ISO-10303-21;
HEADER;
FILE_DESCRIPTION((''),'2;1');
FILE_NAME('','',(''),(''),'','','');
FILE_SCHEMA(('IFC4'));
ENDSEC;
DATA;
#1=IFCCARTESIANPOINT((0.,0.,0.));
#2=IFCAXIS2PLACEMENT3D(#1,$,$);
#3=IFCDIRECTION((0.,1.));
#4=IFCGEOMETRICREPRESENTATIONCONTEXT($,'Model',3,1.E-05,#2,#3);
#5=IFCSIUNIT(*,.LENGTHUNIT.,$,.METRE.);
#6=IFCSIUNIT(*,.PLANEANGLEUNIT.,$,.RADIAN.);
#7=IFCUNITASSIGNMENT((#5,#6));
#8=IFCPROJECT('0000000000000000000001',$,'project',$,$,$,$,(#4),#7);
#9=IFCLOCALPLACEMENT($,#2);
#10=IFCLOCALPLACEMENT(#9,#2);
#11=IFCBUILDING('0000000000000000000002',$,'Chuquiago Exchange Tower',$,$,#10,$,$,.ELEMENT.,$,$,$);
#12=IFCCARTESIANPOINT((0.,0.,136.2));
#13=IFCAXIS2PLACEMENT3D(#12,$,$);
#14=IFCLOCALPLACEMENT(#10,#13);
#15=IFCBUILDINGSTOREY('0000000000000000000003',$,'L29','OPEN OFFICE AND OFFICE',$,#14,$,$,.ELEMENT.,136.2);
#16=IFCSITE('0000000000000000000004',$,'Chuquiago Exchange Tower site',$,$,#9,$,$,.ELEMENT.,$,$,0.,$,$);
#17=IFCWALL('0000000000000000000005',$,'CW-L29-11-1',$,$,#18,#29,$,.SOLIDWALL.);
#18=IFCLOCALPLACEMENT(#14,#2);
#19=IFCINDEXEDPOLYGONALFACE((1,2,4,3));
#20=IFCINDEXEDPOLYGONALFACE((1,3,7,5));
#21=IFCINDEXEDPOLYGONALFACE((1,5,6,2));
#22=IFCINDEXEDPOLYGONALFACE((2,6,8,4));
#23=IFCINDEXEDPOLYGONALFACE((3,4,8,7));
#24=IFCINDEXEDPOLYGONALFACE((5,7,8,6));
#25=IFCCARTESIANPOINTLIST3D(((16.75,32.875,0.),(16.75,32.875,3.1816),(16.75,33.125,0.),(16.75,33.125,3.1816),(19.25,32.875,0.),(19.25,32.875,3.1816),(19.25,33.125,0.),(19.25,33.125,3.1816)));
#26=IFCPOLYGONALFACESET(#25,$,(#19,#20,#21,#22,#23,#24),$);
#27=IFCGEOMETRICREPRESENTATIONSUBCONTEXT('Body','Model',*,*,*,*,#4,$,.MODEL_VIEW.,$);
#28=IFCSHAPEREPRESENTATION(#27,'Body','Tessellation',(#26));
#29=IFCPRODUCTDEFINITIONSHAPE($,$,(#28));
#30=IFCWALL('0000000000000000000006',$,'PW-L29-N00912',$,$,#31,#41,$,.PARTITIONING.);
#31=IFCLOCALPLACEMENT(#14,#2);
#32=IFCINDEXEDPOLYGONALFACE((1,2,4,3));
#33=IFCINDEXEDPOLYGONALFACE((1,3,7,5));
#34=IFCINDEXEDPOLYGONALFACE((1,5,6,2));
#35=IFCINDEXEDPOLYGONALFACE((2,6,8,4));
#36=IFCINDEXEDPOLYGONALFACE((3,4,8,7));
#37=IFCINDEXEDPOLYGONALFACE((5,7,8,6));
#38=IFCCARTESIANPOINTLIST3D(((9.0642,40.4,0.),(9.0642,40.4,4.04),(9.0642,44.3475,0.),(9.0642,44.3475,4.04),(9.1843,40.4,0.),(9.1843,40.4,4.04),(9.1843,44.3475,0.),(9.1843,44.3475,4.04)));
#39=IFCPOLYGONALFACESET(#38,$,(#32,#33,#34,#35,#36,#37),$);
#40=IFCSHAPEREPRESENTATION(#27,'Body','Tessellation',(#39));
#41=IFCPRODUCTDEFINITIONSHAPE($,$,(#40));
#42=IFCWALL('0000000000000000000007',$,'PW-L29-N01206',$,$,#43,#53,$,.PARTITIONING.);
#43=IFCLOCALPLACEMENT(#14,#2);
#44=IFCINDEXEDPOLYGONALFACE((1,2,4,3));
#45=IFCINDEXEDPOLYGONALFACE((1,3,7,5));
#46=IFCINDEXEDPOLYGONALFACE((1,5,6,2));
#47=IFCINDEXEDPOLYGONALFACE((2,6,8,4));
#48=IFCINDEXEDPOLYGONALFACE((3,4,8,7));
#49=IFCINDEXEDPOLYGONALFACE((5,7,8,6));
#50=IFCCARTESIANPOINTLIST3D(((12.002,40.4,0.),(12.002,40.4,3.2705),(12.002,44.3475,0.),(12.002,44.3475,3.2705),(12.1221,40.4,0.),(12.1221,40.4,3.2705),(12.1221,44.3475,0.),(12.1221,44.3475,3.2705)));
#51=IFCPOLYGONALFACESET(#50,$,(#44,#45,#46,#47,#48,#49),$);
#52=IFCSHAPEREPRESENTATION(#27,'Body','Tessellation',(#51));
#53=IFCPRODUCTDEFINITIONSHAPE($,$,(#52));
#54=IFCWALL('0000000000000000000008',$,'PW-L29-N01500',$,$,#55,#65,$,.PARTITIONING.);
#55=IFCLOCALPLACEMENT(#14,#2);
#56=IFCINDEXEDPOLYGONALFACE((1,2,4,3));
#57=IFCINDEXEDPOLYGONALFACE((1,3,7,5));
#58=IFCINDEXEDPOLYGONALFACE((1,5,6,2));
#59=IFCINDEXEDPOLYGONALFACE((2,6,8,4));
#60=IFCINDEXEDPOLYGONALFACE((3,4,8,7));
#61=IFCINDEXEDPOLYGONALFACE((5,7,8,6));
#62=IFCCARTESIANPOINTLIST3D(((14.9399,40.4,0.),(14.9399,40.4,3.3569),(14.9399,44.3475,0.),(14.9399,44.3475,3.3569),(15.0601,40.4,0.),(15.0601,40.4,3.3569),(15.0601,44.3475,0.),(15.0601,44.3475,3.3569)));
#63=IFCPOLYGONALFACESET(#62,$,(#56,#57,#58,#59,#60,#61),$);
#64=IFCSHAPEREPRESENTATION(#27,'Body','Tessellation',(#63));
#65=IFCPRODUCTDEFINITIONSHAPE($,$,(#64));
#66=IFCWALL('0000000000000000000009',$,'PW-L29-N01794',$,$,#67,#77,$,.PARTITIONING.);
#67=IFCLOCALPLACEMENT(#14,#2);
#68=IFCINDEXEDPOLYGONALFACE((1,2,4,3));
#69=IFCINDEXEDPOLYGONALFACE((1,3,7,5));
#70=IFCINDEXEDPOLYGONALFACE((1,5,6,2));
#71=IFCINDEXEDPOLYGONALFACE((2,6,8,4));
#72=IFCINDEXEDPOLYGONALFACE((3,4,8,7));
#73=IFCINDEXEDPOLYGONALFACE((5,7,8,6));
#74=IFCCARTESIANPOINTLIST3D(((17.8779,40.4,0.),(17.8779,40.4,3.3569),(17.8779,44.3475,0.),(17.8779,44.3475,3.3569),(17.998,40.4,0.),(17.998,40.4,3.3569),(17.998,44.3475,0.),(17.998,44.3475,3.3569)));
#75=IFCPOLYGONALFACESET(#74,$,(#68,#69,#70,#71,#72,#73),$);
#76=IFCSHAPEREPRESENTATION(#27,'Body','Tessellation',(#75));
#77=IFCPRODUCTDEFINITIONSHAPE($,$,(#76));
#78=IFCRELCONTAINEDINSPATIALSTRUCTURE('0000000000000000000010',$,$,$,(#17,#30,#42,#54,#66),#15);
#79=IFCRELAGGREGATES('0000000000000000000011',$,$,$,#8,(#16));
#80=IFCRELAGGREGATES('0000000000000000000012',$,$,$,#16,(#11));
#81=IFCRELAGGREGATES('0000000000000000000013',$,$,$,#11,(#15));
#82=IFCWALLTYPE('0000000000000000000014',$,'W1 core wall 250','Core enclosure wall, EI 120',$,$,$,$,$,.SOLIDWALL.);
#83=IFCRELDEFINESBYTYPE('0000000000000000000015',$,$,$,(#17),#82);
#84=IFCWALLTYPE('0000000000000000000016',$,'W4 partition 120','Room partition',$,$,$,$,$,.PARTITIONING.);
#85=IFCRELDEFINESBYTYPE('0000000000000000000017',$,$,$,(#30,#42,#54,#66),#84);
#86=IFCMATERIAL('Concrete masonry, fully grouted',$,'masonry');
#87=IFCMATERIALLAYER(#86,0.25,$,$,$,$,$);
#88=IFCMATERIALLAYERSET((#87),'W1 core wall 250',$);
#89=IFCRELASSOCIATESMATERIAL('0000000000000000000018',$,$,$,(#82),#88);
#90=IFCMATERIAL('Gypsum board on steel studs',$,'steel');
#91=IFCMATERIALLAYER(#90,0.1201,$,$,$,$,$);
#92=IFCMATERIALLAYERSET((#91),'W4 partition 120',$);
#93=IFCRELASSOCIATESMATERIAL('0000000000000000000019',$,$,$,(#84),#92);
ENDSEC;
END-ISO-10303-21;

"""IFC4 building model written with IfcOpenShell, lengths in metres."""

from ifc_helpers import new_model, si_unit, direction, frame, frame_2d, origin, place, context, subcontext, project, spatial, rectangle, extrude, material, layer, layer_set, type_object, element, save


model = new_model("IFC4")

# Units and contexts
model_context = context("Model", 3, precision=1e-05, world=origin(), true_north=direction((0.0, 1.0)))
body_context = subcontext(model_context, "Body", "Model", "MODEL_VIEW")
ifc_project = project(units=[si_unit("LENGTHUNIT", "METRE"), si_unit("PLANEANGLEUNIT", "RADIAN")], contexts=[model_context])

# Site, building, storey
site_placement = place(None, origin())
site = spatial("IfcSite", under=ifc_project, at=site_placement, Name="Chuquiago Exchange Tower site", CompositionType="ELEMENT", RefElevation=0.0)
building_placement = place(site_placement, origin())
building = spatial("IfcBuilding", under=site, at=building_placement, Name="Chuquiago Exchange Tower", CompositionType="ELEMENT")
storey_placement = place(building_placement, frame((0.0, 0.0, 136.2)))
storey = spatial("IfcBuildingStorey", under=building, at=storey_placement, Name="L29", Description="OPEN OFFICE AND OFFICE", CompositionType="ELEMENT", Elevation=136.2)

# Walls
ifc_material_1 = material(Name="Concrete masonry, fully grouted", Category="masonry")
ifc_layer_1 = layer(ifc_material_1, 0.25)
ifc_layer_set_1 = layer_set([ifc_layer_1], Name="W1 core wall 250")
wall_type_1 = type_object("IfcWallType", Name="W1 core wall 250", Description="Core enclosure wall, EI 120", PredefinedType="SOLIDWALL", material=ifc_layer_set_1)
wall_1_placement = place(storey_placement, frame((16.75, 33.0, 0.0), z_axis=(0.0, 0.0, 1.0), x_axis=(1.0, 0.0, 0.0)))
element("IfcWall", 1, at=wall_1_placement, inside=storey, type_object=wall_type_1, Name="CW-L29-11-1", PredefinedType="SOLIDWALL", context=body_context, shape_type="SweptSolid", body=[
    extrude(rectangle(XDim=2.5, YDim=0.25, at=frame_2d((1.25, 0.0))), origin(), (0.0, 0.0, 1.0), 3.1816),
])
ifc_material_2 = material(Name="Gypsum board on steel studs", Category="steel")
ifc_layer_2 = layer(ifc_material_2, 0.1201)
ifc_layer_set_2 = layer_set([ifc_layer_2], Name="W4 partition 120")
wall_type_2 = type_object("IfcWallType", Name="W4 partition 120", Description="Room partition", PredefinedType="PARTITIONING", material=ifc_layer_set_2)
wall_2_placement = place(storey_placement, frame((9.1243, 44.3474, 0.0), z_axis=(0.0, 0.0, 1.0), x_axis=(0.0, -1.0, 0.0)))
element("IfcWall", 2, at=wall_2_placement, inside=storey, type_object=wall_type_2, Name="PW-L29-N00912", PredefinedType="PARTITIONING", context=body_context, shape_type="SweptSolid", body=[
    extrude(rectangle(XDim=3.9475, YDim=0.1201, at=frame_2d((1.9736, 0.0))), origin(), (0.0, 0.0, 1.0), 4.04),
])
wall_3_placement = place(storey_placement, frame((12.062, 44.3474, 0.0), z_axis=(0.0, 0.0, 1.0), x_axis=(0.0, -1.0, 0.0)))
element("IfcWall", 3, at=wall_3_placement, inside=storey, type_object=wall_type_2, Name="PW-L29-N01206", PredefinedType="PARTITIONING", context=body_context, shape_type="SweptSolid", body=[
    extrude(rectangle(XDim=3.9475, YDim=0.1201, at=frame_2d((1.9736, 0.0))), origin(), (0.0, 0.0, 1.0), 3.2705),
])
for number, where, z_axis, x_axis, name in (
    (4, (15.0, 44.3474, 0.0), (0.0, 0.0, 1.0), (0.0, -1.0, 0.0), "PW-L29-N01500"),
    (5, (17.938, 44.3474, 0.0), (0.0, 0.0, 1.0), (0.0, -1.0, 0.0), "PW-L29-N01794"),
):
    element("IfcWall", number, at=place(storey_placement, frame(where, z_axis=z_axis, x_axis=x_axis)), inside=storey, type_object=wall_type_2, Name=name, PredefinedType="PARTITIONING", context=body_context, shape_type="SweptSolid", body=[
        extrude(rectangle(XDim=3.9475, YDim=0.1201, at=frame_2d((1.9736, 0.0))), origin(), (0.0, 0.0, 1.0), 3.3569),
    ])

save(model, "model.ifc")
